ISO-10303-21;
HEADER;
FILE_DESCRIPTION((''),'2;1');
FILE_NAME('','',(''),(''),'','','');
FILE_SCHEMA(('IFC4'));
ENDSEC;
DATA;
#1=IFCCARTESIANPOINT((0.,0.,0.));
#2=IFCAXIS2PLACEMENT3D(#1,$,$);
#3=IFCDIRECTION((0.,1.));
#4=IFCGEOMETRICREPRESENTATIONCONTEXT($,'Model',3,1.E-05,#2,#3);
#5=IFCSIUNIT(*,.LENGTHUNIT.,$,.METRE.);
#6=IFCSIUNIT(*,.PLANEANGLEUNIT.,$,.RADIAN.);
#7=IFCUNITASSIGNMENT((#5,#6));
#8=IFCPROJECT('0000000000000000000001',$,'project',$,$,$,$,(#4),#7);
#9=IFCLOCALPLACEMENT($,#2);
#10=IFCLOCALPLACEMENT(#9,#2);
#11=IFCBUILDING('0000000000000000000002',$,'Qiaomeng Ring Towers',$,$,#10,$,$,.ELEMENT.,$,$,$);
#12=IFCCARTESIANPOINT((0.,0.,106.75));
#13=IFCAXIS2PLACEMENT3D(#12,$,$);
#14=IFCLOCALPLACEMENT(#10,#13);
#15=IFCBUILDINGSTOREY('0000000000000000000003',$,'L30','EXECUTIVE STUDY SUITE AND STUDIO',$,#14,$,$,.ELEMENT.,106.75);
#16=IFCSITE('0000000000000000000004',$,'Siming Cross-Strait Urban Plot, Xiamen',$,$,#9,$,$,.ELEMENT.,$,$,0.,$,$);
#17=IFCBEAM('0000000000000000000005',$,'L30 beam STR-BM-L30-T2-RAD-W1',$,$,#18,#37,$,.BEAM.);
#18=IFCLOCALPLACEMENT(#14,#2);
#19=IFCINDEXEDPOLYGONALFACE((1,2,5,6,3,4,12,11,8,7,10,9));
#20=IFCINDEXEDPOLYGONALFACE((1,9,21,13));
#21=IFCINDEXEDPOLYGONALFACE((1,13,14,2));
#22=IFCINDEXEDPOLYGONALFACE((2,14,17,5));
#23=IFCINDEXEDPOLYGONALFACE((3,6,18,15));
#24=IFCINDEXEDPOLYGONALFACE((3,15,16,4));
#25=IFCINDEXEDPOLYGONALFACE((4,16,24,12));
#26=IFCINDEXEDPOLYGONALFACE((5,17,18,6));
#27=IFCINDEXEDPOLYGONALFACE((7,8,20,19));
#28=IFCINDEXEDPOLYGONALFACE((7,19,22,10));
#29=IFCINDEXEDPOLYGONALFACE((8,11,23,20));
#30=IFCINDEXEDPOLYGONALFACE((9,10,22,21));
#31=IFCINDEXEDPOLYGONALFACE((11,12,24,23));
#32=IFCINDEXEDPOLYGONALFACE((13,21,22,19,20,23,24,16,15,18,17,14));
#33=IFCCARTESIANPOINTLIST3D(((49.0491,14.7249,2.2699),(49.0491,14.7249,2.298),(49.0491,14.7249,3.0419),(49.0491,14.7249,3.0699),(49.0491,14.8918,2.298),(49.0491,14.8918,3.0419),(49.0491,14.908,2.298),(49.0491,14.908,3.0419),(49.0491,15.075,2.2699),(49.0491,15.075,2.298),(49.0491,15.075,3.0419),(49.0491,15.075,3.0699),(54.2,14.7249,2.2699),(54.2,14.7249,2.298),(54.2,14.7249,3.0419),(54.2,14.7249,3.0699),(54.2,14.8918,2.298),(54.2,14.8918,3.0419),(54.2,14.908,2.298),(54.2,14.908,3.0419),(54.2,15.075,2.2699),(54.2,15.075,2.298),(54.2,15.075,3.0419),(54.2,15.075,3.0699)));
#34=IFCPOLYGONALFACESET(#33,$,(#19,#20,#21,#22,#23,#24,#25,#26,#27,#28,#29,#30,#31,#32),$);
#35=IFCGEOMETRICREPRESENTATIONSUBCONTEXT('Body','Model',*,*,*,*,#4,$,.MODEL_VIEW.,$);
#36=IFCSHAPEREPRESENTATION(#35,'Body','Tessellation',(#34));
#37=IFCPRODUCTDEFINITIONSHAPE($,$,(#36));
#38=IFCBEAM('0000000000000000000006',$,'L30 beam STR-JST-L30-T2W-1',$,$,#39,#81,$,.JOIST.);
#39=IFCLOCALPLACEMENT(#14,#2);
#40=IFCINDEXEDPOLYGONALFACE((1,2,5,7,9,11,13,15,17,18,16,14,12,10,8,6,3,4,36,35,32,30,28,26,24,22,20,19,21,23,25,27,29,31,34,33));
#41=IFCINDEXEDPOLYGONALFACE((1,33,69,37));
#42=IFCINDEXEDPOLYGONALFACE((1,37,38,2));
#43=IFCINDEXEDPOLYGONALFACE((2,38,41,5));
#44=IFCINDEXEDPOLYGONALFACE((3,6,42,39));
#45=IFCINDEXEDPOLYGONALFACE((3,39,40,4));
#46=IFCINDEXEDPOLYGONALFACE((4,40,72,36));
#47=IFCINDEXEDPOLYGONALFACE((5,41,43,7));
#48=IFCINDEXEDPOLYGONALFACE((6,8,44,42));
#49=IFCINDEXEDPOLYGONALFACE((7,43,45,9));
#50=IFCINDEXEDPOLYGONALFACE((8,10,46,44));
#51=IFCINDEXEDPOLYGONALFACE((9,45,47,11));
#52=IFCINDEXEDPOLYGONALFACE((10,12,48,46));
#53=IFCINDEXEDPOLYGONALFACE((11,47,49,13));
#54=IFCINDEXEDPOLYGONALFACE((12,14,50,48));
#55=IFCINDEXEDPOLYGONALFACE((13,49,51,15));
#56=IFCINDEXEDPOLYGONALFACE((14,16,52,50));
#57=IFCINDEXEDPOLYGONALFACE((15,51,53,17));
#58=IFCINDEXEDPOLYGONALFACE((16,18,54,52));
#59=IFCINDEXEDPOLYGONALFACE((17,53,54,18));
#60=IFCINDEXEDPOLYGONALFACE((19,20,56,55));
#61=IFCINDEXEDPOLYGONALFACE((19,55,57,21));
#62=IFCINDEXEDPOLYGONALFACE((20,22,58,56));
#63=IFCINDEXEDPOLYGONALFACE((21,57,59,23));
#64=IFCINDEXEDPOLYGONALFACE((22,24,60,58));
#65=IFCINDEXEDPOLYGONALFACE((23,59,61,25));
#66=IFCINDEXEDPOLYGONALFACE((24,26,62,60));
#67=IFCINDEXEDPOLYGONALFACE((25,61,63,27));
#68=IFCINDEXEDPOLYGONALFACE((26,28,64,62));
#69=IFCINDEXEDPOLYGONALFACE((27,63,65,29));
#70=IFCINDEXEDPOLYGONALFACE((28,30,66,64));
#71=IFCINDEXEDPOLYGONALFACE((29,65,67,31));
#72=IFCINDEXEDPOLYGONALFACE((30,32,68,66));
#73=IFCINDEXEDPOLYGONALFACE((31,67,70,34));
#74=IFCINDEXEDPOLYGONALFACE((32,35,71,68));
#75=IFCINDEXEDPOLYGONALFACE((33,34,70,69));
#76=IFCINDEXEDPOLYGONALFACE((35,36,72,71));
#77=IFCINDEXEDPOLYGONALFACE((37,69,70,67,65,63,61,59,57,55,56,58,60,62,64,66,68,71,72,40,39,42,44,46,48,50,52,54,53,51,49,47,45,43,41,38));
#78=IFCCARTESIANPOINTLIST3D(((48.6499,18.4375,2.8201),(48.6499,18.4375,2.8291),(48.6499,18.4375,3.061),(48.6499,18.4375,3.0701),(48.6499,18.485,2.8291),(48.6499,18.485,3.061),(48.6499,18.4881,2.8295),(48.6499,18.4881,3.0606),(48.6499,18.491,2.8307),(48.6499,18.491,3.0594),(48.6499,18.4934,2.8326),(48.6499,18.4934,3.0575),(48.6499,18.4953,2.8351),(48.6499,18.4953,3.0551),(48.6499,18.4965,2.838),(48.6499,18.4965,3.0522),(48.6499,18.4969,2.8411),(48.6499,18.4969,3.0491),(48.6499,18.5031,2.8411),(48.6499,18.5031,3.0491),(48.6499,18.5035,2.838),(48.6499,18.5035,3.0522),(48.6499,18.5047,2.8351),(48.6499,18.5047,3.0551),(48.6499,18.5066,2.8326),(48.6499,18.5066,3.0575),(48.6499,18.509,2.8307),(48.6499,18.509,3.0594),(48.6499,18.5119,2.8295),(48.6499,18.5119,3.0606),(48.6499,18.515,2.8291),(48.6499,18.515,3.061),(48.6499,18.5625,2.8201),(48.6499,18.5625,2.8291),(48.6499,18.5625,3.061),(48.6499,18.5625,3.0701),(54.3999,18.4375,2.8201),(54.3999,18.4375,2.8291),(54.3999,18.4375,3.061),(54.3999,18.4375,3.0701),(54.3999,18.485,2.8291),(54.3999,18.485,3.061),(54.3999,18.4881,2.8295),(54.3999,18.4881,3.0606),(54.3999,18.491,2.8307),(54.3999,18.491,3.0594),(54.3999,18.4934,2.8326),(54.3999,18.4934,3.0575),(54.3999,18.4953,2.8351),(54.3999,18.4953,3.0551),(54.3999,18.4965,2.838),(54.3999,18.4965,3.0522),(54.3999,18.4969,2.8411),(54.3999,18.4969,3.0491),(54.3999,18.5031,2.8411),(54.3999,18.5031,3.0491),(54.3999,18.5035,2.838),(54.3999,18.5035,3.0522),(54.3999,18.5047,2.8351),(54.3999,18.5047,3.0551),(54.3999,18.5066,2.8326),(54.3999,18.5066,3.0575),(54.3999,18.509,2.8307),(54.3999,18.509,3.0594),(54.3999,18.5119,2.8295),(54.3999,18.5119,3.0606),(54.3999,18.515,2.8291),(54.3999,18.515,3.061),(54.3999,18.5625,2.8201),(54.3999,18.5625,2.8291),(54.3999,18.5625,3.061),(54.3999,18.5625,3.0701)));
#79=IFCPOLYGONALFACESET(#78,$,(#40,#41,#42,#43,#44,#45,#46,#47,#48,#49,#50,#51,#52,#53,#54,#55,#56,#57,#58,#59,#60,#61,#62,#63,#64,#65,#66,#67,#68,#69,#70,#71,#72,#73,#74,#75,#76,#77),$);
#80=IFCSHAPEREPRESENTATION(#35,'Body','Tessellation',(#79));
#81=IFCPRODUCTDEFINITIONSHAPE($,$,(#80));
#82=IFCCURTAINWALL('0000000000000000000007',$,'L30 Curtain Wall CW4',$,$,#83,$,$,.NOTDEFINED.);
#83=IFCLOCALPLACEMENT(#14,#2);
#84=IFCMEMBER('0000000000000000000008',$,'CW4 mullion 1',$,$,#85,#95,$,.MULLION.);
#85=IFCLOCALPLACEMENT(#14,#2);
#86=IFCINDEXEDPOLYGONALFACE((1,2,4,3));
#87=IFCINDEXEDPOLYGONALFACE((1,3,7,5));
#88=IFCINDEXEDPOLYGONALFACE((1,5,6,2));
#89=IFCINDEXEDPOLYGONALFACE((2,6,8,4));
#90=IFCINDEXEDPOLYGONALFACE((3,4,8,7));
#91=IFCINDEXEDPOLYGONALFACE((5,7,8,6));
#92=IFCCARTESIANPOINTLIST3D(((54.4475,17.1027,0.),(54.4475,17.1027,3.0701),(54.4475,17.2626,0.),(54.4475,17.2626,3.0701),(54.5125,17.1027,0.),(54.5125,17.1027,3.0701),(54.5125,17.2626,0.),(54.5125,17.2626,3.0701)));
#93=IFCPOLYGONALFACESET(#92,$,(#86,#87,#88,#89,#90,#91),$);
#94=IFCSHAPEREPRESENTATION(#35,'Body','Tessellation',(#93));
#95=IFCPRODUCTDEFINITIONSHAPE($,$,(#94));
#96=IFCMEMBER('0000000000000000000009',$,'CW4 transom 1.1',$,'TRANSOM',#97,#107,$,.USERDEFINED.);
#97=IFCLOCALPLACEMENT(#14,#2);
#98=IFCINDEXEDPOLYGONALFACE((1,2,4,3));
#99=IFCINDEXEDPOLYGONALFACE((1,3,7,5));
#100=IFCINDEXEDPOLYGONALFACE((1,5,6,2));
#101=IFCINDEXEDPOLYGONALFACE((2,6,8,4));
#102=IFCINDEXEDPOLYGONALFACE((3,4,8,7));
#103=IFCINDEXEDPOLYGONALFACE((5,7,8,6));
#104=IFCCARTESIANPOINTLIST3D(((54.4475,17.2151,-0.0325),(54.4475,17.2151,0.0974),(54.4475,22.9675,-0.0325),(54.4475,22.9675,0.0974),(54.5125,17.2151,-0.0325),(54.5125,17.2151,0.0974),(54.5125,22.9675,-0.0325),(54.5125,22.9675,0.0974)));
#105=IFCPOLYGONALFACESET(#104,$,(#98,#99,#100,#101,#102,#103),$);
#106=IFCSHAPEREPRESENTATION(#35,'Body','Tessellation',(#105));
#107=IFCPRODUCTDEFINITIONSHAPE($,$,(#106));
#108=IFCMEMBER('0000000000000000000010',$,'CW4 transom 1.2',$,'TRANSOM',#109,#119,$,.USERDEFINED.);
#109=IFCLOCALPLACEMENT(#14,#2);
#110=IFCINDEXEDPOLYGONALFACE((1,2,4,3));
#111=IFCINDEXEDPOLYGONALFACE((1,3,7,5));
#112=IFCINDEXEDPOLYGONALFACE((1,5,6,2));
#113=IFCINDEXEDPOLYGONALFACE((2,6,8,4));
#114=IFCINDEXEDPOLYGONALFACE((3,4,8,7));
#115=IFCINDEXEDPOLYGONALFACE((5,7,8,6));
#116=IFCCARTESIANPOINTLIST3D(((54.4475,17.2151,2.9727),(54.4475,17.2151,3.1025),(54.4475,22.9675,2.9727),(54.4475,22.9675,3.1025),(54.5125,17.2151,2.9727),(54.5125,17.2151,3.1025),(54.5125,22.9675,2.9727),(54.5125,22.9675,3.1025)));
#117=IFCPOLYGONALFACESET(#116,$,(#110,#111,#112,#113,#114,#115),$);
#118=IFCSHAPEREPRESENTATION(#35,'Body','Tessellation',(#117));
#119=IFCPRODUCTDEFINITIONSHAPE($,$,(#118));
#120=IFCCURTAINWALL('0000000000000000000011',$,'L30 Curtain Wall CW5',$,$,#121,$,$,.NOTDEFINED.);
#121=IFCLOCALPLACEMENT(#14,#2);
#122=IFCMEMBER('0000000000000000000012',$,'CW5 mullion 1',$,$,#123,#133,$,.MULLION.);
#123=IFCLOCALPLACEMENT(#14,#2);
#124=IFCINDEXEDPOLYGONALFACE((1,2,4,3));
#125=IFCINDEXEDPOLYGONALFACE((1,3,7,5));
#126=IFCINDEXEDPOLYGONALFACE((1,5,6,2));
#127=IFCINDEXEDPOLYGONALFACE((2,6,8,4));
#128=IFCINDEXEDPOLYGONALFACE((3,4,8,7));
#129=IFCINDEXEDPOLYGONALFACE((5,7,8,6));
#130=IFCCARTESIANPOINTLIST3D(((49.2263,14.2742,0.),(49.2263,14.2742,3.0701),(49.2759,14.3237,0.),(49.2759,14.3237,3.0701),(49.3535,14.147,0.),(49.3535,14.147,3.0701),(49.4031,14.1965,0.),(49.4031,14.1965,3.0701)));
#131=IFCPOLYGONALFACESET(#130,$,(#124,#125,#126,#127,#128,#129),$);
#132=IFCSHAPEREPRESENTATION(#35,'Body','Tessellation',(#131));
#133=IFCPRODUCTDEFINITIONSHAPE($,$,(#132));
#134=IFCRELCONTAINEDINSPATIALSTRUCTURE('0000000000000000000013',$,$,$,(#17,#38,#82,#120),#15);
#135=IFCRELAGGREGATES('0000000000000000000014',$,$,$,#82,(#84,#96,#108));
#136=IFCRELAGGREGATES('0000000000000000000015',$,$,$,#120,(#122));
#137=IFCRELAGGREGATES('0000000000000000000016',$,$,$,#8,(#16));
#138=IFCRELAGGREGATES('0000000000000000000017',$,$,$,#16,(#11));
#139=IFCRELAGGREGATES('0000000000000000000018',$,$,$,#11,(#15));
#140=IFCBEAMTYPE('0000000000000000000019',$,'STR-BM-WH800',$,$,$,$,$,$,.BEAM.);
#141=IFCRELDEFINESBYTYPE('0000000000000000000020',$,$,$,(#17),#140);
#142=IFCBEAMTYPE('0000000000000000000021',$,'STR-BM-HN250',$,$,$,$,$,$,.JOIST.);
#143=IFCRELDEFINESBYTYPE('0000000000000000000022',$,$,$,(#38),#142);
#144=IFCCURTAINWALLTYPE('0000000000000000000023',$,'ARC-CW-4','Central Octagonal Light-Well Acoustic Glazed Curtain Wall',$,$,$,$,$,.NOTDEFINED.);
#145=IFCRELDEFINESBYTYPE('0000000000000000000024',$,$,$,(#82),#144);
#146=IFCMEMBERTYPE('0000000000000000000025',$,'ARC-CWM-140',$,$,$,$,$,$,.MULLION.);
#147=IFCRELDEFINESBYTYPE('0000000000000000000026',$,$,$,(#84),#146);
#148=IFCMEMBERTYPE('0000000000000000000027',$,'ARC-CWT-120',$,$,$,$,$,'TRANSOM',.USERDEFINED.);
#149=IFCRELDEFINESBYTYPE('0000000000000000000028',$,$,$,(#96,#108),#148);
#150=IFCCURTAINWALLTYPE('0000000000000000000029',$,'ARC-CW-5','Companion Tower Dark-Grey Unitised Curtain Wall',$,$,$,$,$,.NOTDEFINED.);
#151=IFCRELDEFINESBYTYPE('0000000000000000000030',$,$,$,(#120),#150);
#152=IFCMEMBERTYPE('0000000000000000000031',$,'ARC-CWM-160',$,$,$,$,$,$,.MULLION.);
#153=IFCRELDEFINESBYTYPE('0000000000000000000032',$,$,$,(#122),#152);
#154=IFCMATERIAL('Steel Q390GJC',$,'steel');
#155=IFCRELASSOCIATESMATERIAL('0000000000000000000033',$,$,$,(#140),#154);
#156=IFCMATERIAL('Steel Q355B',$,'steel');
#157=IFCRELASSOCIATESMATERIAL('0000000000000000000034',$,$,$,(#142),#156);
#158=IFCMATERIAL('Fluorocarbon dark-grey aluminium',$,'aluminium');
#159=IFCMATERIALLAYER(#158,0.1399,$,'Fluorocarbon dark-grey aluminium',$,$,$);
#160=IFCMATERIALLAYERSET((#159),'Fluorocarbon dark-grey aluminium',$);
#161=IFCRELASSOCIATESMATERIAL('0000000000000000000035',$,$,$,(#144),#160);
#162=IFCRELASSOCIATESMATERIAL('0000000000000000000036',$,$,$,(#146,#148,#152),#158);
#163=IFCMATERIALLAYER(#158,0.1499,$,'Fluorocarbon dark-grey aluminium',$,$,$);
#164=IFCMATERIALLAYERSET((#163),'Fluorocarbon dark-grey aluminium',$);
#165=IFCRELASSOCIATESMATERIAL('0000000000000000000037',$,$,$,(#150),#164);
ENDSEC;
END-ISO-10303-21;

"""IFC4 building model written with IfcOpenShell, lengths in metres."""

from ifc_helpers import new_model, si_unit, direction, frame, origin, origin_2d, place, context, subcontext, project, spatial, rectangle, i_section, extrude, source, transform, mapped, material, layer, layer_set, material_profile, profile_set, type_object, element, aggregate, save


model = new_model("IFC4")

# Units and contexts
model_context = context("Model", 3, precision=1e-05, world=origin(), true_north=direction((0.0, 1.0)))
body_context = subcontext(model_context, "Body", "Model", "MODEL_VIEW")
ifc_project = project(units=[si_unit("LENGTHUNIT", "METRE"), si_unit("PLANEANGLEUNIT", "RADIAN")], contexts=[model_context])

# Site, building, storey
site_placement = place(None, origin())
site = spatial("IfcSite", under=ifc_project, at=site_placement, Name="Siming Cross-Strait Urban Plot, Xiamen", CompositionType="ELEMENT", RefElevation=0.0)
building_placement = place(site_placement, origin())
building = spatial("IfcBuilding", under=site, at=building_placement, Name="Qiaomeng Ring Towers", CompositionType="ELEMENT")
storey_placement = place(building_placement, frame((0.0, 0.0, 106.75)))
storey = spatial("IfcBuildingStorey", under=building, at=storey_placement, Name="L30", Description="EXECUTIVE STUDY SUITE AND STUDIO", CompositionType="ELEMENT", Elevation=106.75)

# Beams
ifc_material_1 = material(Name="Steel Q355B", Category="steel")
ifc_material_2 = material(Name="Steel Q390GJC", Category="steel")
ifc_material_profile_1 = material_profile(ifc_material_2, i_section(OverallWidth=0.3501, OverallDepth=0.8, WebThickness=0.0161, FlangeThickness=0.0281, at=origin_2d()), Name="WH 800x350x16x28")
ifc_profile_set_1 = profile_set([ifc_material_profile_1], Name="Steel Q390GJC")
beam_type_1 = type_object("IfcBeamType", Name="STR-BM-WH800", PredefinedType="BEAM", material=ifc_profile_set_1)
shared_shape_1 = source(origin(), body_context, "Body", "SweptSolid", [
    extrude(i_section(OverallWidth=0.3501, OverallDepth=0.8, WebThickness=0.0161, FlangeThickness=0.0281, at=origin_2d()), origin(), (0.0, 0.0, 1.0), 5.1509),
])
beam_1_placement = place(storey_placement, frame((49.0491, 14.8999, 2.6699), z_axis=(1.0, 0.0, 0.0), x_axis=(0.0, 1.0, 0.0)))
element("IfcBeam", 1, at=beam_1_placement, inside=storey, type_object=beam_type_1, Name="L30 beam STR-BM-L30-T2-RAD-W1", PredefinedType="BEAM", context=body_context, shape_type="MappedRepresentation", body=[
    mapped(shared_shape_1, transform((0.0, 0.0, 0.0), x_axis=(1.0, 0.0, 0.0), y_axis=(0.0, 1.0, 0.0), z_axis=(0.0, 0.0, 1.0), scale=1.0)),
])
ifc_material_profile_2 = material_profile(ifc_material_1, i_section(OverallWidth=0.125, OverallDepth=0.25, WebThickness=0.0061, FlangeThickness=0.009, FilletRadius=0.012, at=origin_2d()), Name="HN 250x125x6x9")
ifc_profile_set_2 = profile_set([ifc_material_profile_2], Name="Steel Q355B")
beam_type_2 = type_object("IfcBeamType", Name="STR-BM-HN250", PredefinedType="JOIST", material=ifc_profile_set_2)
shared_shape_2 = source(origin(), body_context, "Body", "SweptSolid", [
    extrude(i_section(OverallWidth=0.125, OverallDepth=0.25, WebThickness=0.0061, FlangeThickness=0.009, FilletRadius=0.012, at=origin_2d()), origin(), (0.0, 0.0, 1.0), 5.75),
])
beam_2_placement = place(storey_placement, frame((48.6499, 18.5, 2.9451), z_axis=(1.0, 0.0, 0.0), x_axis=(0.0, 1.0, 0.0)))
element("IfcBeam", 2, at=beam_2_placement, inside=storey, type_object=beam_type_2, Name="L30 beam STR-JST-L30-T2W-1", PredefinedType="JOIST", context=body_context, shape_type="MappedRepresentation", body=[
    mapped(shared_shape_2, transform((0.0, 0.0, 0.0), x_axis=(1.0, 0.0, 0.0), y_axis=(0.0, 1.0, 0.0), z_axis=(0.0, 0.0, 1.0), scale=1.0)),
])

# Curtain wall, members
ifc_material_3 = material(Name="Fluorocarbon dark-grey aluminium", Category="aluminium")
ifc_layer_1 = layer(ifc_material_3, 0.1399, Name="Fluorocarbon dark-grey aluminium")
ifc_layer_set_1 = layer_set([ifc_layer_1], Name="Fluorocarbon dark-grey aluminium")
curtain_wall_type_1 = type_object("IfcCurtainWallType", Name="ARC-CW-4", Description="Central Octagonal Light-Well Acoustic Glazed Curtain Wall", PredefinedType="NOTDEFINED", material=ifc_layer_set_1)
curtain_wall_1_placement = place(storey_placement, origin())
curtain_wall_1 = element("IfcCurtainWall", 3, at=curtain_wall_1_placement, inside=storey, type_object=curtain_wall_type_1, Name="L30 Curtain Wall CW4", PredefinedType="NOTDEFINED")
ifc_material_profile_3 = material_profile(ifc_material_3, rectangle(XDim=0.0649, YDim=0.1599, at=origin_2d()), Name="ALU MULL 65x160")
ifc_profile_set_3 = profile_set([ifc_material_profile_3], Name="Fluorocarbon dark-grey aluminium")
member_type_1 = type_object("IfcMemberType", Name="ARC-CWM-140", PredefinedType="MULLION", material=ifc_profile_set_3)
shared_shape_3 = source(origin(), body_context, "Body", "SweptSolid", [
    extrude(rectangle(XDim=0.0649, YDim=0.1599, at=origin_2d()), origin(), (0.0, 0.0, 1.0), 3.0701),
])
member_1_placement = place(storey_placement, frame((54.48, 17.1826, 0.0), z_axis=(0.0, 0.0, 1.0), x_axis=(-1.0, 0.0, 0.0)))
member_1 = element("IfcMember", 4, at=member_1_placement, type_object=member_type_1, Name="CW4 mullion 1", PredefinedType="MULLION", context=body_context, shape_type="MappedRepresentation", body=[
    mapped(shared_shape_3, transform((0.0, 0.0, 0.0), x_axis=(1.0, 0.0, 0.0), y_axis=(0.0, 1.0, 0.0), z_axis=(0.0, 0.0, 1.0), scale=1.0)),
])
ifc_material_profile_4 = material_profile(ifc_material_3, rectangle(XDim=0.0649, YDim=0.1299, at=origin_2d()), Name="ALU TRAN 65x130")
ifc_profile_set_4 = profile_set([ifc_material_profile_4], Name="Fluorocarbon dark-grey aluminium")
member_type_2 = type_object("IfcMemberType", Name="ARC-CWT-120", ElementType="TRANSOM", PredefinedType="USERDEFINED", material=ifc_profile_set_4)
shared_shape_4 = source(origin(), body_context, "Body", "SweptSolid", [
    extrude(rectangle(XDim=0.0649, YDim=0.1299, at=origin_2d()), origin(), (0.0, 0.0, 1.0), 5.7524),
])
member_2_placement = place(storey_placement, frame((54.48, 17.2151, 0.0325), z_axis=(0.0, 1.0, 0.0), x_axis=(-1.0, 0.0, 0.0)))
member_2 = element("IfcMember", 5, at=member_2_placement, type_object=member_type_2, Name="CW4 transom 1.1", ObjectType="TRANSOM", PredefinedType="USERDEFINED", context=body_context, shape_type="MappedRepresentation", body=[
    mapped(shared_shape_4, transform((0.0, 0.0, 0.0), x_axis=(1.0, 0.0, 0.0), y_axis=(0.0, 1.0, 0.0), z_axis=(0.0, 0.0, 1.0), scale=1.0)),
])
member_3_placement = place(storey_placement, frame((54.48, 17.2151, 3.0376), z_axis=(0.0, 1.0, 0.0), x_axis=(-1.0, 0.0, 0.0)))
member_3 = element("IfcMember", 6, at=member_3_placement, type_object=member_type_2, Name="CW4 transom 1.2", ObjectType="TRANSOM", PredefinedType="USERDEFINED", context=body_context, shape_type="MappedRepresentation", body=[
    mapped(shared_shape_4, transform((0.0, 0.0, 0.0), x_axis=(1.0, 0.0, 0.0), y_axis=(0.0, 1.0, 0.0), z_axis=(0.0, 0.0, 1.0), scale=1.0)),
])
aggregate(curtain_wall_1, [member_1, member_2, member_3])

# Curtain wall, member
ifc_layer_2 = layer(ifc_material_3, 0.1499, Name="Fluorocarbon dark-grey aluminium")
ifc_layer_set_2 = layer_set([ifc_layer_2], Name="Fluorocarbon dark-grey aluminium")
curtain_wall_type_2 = type_object("IfcCurtainWallType", Name="ARC-CW-5", Description="Companion Tower Dark-Grey Unitised Curtain Wall", PredefinedType="NOTDEFINED", material=ifc_layer_set_2)
curtain_wall_2_placement = place(storey_placement, origin())
curtain_wall_2 = element("IfcCurtainWall", 7, at=curtain_wall_2_placement, inside=storey, type_object=curtain_wall_type_2, Name="L30 Curtain Wall CW5", PredefinedType="NOTDEFINED")
ifc_material_profile_5 = material_profile(ifc_material_3, rectangle(XDim=0.0701, YDim=0.1799, at=origin_2d()), Name="ALU MULL 70x180")
ifc_profile_set_5 = profile_set([ifc_material_profile_5], Name="Fluorocarbon dark-grey aluminium")
member_type_3 = type_object("IfcMemberType", Name="ARC-CWM-160", PredefinedType="MULLION", material=ifc_profile_set_5)
shared_shape_5 = source(origin(), body_context, "Body", "SweptSolid", [
    extrude(rectangle(XDim=0.0701, YDim=0.1799, at=origin_2d()), origin(), (0.0, 0.0, 1.0), 3.0701),
])
member_4_placement = place(storey_placement, frame((49.3147, 14.2354, 0.0), z_axis=(0.0, 0.0, 1.0), x_axis=(0.707107, 0.707107, 0.0)))
member_4 = element("IfcMember", 8, at=member_4_placement, type_object=member_type_3, Name="CW5 mullion 1", PredefinedType="MULLION", context=body_context, shape_type="MappedRepresentation", body=[
    mapped(shared_shape_5, transform((0.0, 0.0, 0.0), x_axis=(1.0, 0.0, 0.0), y_axis=(0.0, 1.0, 0.0), z_axis=(0.0, 0.0, 1.0), scale=1.0)),
])
aggregate(curtain_wall_2, [member_4])

save(model, "model.ifc")
